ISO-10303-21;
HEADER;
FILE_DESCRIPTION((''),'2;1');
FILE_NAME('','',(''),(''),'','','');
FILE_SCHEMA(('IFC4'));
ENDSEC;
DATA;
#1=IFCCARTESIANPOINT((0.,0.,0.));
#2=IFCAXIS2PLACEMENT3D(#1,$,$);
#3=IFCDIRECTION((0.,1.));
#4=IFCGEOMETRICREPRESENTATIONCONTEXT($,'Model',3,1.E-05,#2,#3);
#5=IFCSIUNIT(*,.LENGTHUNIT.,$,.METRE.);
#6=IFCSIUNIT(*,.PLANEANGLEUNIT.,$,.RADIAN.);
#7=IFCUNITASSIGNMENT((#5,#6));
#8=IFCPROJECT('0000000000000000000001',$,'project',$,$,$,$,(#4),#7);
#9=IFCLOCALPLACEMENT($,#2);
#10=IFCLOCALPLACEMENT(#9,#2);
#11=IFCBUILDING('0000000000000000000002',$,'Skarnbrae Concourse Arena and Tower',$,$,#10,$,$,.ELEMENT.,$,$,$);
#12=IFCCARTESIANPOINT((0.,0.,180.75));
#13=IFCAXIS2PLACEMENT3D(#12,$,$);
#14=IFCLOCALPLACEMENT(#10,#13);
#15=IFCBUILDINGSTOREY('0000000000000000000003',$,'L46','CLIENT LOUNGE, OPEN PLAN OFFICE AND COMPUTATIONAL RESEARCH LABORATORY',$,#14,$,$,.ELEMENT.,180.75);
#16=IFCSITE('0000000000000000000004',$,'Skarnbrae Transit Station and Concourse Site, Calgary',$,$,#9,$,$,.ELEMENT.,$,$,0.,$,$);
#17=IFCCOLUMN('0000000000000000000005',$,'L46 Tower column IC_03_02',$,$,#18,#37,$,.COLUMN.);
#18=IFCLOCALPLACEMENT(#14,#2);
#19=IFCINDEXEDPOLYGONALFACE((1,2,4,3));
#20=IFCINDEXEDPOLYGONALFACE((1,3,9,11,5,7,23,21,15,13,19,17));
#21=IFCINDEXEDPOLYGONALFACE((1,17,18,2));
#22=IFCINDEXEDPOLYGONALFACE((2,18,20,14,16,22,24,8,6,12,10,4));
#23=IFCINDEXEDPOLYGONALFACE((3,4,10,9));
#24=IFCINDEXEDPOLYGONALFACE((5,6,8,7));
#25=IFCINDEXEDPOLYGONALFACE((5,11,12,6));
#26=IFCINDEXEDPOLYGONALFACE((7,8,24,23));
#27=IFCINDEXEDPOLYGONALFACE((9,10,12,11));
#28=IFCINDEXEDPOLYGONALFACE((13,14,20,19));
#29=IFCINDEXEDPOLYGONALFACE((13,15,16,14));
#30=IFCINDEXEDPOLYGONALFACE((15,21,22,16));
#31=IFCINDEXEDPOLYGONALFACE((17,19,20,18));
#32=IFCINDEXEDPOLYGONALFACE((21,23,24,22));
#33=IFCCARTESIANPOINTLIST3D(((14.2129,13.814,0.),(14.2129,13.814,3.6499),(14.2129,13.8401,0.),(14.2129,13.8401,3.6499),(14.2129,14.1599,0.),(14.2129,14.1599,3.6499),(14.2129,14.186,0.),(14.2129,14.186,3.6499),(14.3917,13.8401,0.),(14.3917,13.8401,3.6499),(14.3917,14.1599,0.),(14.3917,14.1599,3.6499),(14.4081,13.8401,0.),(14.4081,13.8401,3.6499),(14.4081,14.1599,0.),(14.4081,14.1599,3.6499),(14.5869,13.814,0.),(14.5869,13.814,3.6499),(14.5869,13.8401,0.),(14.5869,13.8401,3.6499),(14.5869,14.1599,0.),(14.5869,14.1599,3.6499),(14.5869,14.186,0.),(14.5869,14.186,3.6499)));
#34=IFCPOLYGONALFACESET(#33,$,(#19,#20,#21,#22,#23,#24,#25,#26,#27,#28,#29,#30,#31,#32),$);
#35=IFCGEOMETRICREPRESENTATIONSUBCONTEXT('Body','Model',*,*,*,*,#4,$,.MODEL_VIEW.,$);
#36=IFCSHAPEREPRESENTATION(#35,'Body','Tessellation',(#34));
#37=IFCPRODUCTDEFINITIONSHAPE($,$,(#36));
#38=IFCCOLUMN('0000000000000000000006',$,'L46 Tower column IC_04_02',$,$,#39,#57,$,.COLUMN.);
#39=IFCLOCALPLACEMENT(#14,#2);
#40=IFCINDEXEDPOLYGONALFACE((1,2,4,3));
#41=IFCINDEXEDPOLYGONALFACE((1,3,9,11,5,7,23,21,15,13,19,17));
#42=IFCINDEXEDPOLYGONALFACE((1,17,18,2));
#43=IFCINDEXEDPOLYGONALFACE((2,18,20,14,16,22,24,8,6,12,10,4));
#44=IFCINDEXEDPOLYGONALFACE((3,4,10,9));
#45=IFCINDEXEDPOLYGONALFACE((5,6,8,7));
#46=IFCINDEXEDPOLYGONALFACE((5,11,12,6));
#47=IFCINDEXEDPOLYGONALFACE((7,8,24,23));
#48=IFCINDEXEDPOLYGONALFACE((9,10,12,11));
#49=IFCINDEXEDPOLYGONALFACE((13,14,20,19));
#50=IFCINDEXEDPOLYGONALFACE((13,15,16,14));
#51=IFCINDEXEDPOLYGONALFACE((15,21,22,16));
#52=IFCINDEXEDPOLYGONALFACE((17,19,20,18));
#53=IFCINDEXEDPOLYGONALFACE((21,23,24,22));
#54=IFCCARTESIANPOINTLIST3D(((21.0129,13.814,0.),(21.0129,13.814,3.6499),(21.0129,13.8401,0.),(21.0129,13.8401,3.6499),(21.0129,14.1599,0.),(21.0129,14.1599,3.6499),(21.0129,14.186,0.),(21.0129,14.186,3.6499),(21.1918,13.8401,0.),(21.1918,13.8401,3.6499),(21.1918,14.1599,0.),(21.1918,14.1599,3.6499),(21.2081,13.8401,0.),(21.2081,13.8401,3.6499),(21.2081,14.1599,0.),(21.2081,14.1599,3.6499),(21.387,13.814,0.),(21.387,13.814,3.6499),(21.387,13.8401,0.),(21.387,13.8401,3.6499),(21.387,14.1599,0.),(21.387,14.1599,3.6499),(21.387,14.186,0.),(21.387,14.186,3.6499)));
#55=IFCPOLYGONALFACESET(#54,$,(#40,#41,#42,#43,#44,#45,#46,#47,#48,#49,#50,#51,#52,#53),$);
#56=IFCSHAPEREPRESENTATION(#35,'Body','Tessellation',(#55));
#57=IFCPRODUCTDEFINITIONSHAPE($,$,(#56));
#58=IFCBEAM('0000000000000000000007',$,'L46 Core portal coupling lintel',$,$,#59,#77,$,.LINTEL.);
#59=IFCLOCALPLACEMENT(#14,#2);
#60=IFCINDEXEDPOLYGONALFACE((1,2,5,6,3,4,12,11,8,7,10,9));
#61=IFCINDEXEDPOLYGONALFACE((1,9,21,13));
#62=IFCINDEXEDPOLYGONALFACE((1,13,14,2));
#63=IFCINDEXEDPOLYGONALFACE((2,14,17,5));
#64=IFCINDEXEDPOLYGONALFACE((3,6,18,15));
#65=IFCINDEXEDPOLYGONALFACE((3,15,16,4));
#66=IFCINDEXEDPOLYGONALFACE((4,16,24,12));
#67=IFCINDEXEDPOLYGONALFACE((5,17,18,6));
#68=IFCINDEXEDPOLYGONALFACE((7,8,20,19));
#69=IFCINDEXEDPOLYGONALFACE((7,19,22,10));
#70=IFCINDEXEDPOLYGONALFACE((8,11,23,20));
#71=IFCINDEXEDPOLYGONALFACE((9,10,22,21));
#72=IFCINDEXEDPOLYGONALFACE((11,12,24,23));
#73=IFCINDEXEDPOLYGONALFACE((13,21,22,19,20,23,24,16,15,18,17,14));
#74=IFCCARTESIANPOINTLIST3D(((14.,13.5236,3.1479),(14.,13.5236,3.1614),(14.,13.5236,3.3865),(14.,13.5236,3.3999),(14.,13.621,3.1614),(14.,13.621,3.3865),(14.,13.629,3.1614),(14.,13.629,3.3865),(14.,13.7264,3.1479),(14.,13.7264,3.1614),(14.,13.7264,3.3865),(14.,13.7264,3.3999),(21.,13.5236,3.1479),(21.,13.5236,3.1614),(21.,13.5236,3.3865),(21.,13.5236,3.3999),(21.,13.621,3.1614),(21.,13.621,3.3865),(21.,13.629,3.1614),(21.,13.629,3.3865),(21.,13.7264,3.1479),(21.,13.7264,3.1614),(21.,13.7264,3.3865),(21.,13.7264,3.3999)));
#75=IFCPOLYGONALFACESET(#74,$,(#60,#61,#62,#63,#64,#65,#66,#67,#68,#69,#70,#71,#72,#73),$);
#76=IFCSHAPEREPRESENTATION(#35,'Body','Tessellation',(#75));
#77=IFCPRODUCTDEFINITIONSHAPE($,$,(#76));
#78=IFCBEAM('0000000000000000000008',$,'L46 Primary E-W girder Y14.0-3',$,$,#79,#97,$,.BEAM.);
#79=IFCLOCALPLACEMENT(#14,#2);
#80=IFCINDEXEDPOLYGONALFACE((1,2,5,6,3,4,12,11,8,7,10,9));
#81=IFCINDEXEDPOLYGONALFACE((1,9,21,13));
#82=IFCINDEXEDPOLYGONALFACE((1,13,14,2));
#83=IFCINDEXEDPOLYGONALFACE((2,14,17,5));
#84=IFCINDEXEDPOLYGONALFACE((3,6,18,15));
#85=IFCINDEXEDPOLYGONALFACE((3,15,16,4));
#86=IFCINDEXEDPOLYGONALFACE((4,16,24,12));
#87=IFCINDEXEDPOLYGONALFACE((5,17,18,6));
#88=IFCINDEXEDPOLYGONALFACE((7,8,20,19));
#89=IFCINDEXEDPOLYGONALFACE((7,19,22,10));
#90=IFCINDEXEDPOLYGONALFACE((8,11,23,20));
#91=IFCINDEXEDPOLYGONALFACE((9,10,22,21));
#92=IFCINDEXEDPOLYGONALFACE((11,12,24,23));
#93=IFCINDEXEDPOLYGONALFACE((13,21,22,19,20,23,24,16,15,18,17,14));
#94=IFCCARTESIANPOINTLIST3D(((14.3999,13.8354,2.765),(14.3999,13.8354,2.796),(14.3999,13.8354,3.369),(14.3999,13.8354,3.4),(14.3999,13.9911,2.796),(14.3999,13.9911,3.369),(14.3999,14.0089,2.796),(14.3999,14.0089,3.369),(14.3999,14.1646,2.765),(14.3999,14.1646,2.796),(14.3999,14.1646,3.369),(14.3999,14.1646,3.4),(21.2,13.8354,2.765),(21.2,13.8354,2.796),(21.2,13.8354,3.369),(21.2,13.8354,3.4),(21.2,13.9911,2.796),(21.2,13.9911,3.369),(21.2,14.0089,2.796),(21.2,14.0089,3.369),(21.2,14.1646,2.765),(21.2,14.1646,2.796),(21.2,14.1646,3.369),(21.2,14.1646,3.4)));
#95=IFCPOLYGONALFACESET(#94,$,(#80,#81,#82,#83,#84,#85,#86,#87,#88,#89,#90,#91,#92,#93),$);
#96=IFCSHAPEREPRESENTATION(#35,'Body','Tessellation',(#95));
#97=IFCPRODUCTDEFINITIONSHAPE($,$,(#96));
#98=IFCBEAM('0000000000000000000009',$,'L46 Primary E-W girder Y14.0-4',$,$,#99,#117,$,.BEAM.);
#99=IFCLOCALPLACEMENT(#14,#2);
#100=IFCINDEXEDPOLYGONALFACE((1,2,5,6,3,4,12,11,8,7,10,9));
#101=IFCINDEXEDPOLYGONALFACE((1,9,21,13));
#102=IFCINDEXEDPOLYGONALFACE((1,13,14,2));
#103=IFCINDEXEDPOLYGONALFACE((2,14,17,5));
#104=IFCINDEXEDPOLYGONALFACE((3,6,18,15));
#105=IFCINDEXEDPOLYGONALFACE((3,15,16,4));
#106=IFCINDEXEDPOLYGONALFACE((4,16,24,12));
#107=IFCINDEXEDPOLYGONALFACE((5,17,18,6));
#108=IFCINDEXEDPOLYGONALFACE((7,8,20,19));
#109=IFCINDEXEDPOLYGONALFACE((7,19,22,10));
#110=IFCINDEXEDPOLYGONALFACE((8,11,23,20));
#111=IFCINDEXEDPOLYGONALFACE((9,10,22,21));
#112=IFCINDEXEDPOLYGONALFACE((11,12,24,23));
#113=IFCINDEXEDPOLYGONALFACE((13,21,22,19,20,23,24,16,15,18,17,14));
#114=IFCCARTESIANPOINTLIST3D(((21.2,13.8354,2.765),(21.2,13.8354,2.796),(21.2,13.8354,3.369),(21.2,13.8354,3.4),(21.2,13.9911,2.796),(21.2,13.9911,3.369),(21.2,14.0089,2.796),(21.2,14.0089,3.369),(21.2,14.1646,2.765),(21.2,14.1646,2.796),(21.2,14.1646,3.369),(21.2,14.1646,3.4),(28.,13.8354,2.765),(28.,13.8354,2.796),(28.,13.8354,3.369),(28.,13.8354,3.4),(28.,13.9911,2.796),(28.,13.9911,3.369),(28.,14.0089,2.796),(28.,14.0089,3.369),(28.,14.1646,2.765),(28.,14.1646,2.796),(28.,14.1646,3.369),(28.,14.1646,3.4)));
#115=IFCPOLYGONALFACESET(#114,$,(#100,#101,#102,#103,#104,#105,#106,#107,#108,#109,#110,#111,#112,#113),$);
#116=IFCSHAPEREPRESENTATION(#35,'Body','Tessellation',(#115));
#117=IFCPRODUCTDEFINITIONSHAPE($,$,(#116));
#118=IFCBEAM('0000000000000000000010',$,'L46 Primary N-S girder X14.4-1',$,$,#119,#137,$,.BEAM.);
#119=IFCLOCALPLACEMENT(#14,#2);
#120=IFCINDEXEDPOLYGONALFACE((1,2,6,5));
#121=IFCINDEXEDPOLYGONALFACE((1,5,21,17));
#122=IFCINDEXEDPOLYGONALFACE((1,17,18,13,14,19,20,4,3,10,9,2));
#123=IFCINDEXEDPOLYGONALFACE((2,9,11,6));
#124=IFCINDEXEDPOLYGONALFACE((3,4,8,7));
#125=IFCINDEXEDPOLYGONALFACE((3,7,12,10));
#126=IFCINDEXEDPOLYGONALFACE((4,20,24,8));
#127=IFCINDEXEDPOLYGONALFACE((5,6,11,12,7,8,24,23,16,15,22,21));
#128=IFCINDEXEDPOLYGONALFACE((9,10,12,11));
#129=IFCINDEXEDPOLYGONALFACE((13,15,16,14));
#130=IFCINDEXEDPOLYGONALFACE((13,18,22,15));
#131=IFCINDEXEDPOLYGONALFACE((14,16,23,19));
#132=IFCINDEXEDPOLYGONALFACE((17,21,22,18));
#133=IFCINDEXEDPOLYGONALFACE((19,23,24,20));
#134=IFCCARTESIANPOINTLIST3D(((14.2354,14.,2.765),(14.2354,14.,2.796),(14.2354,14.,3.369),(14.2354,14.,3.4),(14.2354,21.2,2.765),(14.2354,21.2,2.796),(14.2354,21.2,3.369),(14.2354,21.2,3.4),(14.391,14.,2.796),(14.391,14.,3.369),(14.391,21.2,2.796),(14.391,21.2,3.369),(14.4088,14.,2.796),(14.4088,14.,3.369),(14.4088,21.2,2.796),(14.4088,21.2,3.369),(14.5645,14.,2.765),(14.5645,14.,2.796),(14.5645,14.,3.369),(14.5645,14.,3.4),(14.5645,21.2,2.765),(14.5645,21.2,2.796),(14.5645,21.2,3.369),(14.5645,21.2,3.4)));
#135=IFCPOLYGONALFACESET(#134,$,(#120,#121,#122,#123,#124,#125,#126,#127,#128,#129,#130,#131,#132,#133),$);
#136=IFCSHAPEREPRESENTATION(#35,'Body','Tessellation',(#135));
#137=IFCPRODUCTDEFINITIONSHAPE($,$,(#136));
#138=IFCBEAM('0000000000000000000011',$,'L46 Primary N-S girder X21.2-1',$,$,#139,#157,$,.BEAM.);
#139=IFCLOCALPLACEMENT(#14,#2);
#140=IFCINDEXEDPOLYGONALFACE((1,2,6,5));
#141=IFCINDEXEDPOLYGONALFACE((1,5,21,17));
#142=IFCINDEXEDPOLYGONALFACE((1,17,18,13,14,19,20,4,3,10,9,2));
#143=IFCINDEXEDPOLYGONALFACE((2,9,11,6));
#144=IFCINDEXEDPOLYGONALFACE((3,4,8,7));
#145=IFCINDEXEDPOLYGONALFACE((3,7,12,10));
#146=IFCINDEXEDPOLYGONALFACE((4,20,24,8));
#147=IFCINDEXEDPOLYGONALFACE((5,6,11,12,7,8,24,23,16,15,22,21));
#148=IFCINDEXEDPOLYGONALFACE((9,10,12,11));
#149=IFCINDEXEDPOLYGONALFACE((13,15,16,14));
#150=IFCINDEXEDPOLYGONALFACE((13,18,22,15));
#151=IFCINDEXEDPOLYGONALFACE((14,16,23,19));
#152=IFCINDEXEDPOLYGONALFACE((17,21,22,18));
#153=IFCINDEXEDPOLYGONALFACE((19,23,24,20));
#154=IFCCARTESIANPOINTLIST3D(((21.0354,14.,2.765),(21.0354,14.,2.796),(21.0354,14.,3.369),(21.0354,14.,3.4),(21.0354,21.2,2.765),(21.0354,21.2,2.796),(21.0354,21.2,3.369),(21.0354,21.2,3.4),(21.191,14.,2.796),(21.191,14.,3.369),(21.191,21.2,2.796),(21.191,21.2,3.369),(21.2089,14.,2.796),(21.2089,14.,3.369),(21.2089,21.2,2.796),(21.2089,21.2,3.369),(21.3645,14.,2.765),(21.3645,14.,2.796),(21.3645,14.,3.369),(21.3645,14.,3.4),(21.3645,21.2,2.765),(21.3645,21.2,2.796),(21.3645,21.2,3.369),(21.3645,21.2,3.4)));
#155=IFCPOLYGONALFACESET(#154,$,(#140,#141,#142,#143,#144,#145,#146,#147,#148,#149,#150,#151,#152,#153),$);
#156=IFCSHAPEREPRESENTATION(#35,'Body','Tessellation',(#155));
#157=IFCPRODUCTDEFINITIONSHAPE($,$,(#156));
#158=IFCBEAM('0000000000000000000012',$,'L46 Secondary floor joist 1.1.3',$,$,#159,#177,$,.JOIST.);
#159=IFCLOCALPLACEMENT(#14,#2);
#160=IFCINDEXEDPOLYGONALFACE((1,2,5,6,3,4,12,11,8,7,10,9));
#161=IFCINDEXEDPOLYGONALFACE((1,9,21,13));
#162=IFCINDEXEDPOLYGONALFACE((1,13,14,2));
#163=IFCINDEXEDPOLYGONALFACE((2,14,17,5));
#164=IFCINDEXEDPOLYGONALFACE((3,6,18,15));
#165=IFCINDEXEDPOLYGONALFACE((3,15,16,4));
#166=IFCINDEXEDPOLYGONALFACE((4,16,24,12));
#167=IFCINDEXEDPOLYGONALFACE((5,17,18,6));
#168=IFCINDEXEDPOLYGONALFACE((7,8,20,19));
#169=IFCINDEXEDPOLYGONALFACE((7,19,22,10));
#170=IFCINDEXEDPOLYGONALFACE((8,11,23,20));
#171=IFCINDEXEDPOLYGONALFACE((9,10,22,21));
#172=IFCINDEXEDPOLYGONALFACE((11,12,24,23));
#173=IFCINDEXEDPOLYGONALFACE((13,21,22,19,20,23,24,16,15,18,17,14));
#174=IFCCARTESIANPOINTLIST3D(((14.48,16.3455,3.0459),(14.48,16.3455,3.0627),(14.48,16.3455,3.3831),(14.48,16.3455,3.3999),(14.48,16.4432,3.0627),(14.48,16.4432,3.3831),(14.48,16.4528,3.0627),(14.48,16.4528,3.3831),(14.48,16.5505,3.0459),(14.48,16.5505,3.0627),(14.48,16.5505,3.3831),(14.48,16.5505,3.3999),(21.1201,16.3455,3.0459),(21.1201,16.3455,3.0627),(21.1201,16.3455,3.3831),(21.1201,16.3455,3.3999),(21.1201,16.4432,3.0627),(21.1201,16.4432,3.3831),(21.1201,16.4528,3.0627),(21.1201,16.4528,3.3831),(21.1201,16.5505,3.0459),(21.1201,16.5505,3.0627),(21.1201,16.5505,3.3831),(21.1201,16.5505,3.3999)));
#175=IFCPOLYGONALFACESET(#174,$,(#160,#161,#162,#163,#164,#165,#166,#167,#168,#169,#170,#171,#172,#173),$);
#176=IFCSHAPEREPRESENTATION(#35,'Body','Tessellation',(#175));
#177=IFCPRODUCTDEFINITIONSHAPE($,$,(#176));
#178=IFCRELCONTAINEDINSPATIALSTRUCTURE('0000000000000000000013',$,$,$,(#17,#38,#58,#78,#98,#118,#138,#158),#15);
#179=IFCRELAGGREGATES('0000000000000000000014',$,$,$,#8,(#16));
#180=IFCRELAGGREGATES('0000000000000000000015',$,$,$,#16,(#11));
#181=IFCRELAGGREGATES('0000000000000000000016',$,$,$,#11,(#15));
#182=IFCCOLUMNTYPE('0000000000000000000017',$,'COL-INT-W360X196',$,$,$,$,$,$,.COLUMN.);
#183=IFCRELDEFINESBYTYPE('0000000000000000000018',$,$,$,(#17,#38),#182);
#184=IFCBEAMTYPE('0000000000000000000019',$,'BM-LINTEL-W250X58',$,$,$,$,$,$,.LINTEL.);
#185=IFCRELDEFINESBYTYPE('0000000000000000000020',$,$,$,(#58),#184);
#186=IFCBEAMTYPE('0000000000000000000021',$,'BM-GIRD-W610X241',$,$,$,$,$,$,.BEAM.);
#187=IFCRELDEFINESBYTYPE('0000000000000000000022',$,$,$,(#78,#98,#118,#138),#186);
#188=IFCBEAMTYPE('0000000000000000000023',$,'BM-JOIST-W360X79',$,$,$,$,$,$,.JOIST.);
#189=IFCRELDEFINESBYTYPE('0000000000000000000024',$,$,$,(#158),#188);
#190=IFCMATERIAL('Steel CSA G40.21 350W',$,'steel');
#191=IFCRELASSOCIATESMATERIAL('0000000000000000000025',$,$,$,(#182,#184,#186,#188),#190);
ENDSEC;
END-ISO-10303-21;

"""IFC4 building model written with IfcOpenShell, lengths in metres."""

from ifc_helpers import new_model, si_unit, direction, frame, origin, origin_2d, place, context, subcontext, project, spatial, i_section, extrude, source, transform, mapped, material, material_profile, profile_set, type_object, element, save


model = new_model("IFC4")

# Units and contexts
model_context = context("Model", 3, precision=1e-05, world=origin(), true_north=direction((0.0, 1.0)))
body_context = subcontext(model_context, "Body", "Model", "MODEL_VIEW")
ifc_project = project(units=[si_unit("LENGTHUNIT", "METRE"), si_unit("PLANEANGLEUNIT", "RADIAN")], contexts=[model_context])

# Site, building, storey
site_placement = place(None, origin())
site = spatial("IfcSite", under=ifc_project, at=site_placement, Name="Skarnbrae Transit Station and Concourse Site, Calgary", CompositionType="ELEMENT", RefElevation=0.0)
building_placement = place(site_placement, origin())
building = spatial("IfcBuilding", under=site, at=building_placement, Name="Skarnbrae Concourse Arena and Tower", CompositionType="ELEMENT")
storey_placement = place(building_placement, frame((0.0, 0.0, 180.75)))
storey = spatial("IfcBuildingStorey", under=building, at=storey_placement, Name="L46", Description="CLIENT LOUNGE, OPEN PLAN OFFICE AND COMPUTATIONAL RESEARCH LABORATORY", CompositionType="ELEMENT", Elevation=180.75)

# Columns
ifc_material_1 = material(Name="Steel CSA G40.21 350W", Category="steel")
ifc_material_profile_1 = material_profile(ifc_material_1, i_section(OverallWidth=0.374, OverallDepth=0.3721, WebThickness=0.0164, FlangeThickness=0.0261, at=origin_2d()), Name="W360X196")
ifc_profile_set_1 = profile_set([ifc_material_profile_1], Name="Steel CSA G40.21 350W")
column_type = type_object("IfcColumnType", Name="COL-INT-W360X196", PredefinedType="COLUMN", material=ifc_profile_set_1)
shared_shape_1 = source(origin(), body_context, "Body", "SweptSolid", [
    extrude(i_section(OverallWidth=0.374, OverallDepth=0.3721, WebThickness=0.0164, FlangeThickness=0.0261, at=origin_2d()), origin(), (0.0, 0.0, 1.0), 3.6499),
])
for number, where, z_axis, x_axis, name in (
    (1, (14.3999, 14.0, 0.0), (0.0, 0.0, 1.0), (1.0, 0.0, 0.0), "L46 Tower column IC_03_02"),
    (2, (21.2, 14.0, 0.0), (0.0, 0.0, 1.0), (1.0, 0.0, 0.0), "L46 Tower column IC_04_02"),
):
    element("IfcColumn", number, at=place(storey_placement, frame(where, z_axis=z_axis, x_axis=x_axis)), inside=storey, type_object=column_type, Name=name, PredefinedType="COLUMN", context=body_context, shape_type="MappedRepresentation", body=[
        mapped(shared_shape_1, transform((0.0, 0.0, 0.0))),
    ])

# Beams
ifc_material_profile_2 = material_profile(ifc_material_1, i_section(OverallWidth=0.2029, OverallDepth=0.252, WebThickness=0.0081, FlangeThickness=0.0134, at=origin_2d()), Name="W250X58")
ifc_profile_set_2 = profile_set([ifc_material_profile_2], Name="Steel CSA G40.21 350W")
beam_type_1 = type_object("IfcBeamType", Name="BM-LINTEL-W250X58", PredefinedType="LINTEL", material=ifc_profile_set_2)
shared_shape_2 = source(origin(), body_context, "Body", "SweptSolid", [
    extrude(i_section(OverallWidth=0.2029, OverallDepth=0.252, WebThickness=0.0081, FlangeThickness=0.0134, at=origin_2d()), origin(), (0.0, 0.0, 1.0), 7.0),
])
beam_1_placement = place(storey_placement, frame((14.0, 13.625, 3.2739), z_axis=(1.0, 0.0, 0.0), x_axis=(0.0, 1.0, 0.0)))
element("IfcBeam", 3, at=beam_1_placement, inside=storey, type_object=beam_type_1, Name="L46 Core portal coupling lintel", PredefinedType="LINTEL", context=body_context, shape_type="MappedRepresentation", body=[
    mapped(shared_shape_2, transform((0.0, 0.0, 0.0))),
])
ifc_material_profile_3 = material_profile(ifc_material_1, i_section(OverallWidth=0.3291, OverallDepth=0.635, WebThickness=0.0178, FlangeThickness=0.031, at=origin_2d()), Name="W610X241")
ifc_profile_set_3 = profile_set([ifc_material_profile_3], Name="Steel CSA G40.21 350W")
beam_type_2 = type_object("IfcBeamType", Name="BM-GIRD-W610X241", PredefinedType="BEAM", material=ifc_profile_set_3)
shared_shape_3 = source(origin(), body_context, "Body", "SweptSolid", [
    extrude(i_section(OverallWidth=0.3291, OverallDepth=0.635, WebThickness=0.0178, FlangeThickness=0.031, at=origin_2d()), origin(), (0.0, 0.0, 1.0), 6.8),
])
for number, where, z_axis, x_axis, name in (
    (4, (14.3999, 14.0, 3.0825), (1.0, 0.0, 0.0), (0.0, 1.0, 0.0), "L46 Primary E-W girder Y14.0-3"),
    (5, (21.2, 14.0, 3.0825), (1.0, 0.0, 0.0), (0.0, 1.0, 0.0), "L46 Primary E-W girder Y14.0-4"),
):
    element("IfcBeam", number, at=place(storey_placement, frame(where, z_axis=z_axis, x_axis=x_axis)), inside=storey, type_object=beam_type_2, Name=name, PredefinedType="BEAM", context=body_context, shape_type="MappedRepresentation", body=[
        mapped(shared_shape_3, transform((0.0, 0.0, 0.0))),
    ])
shared_shape_4 = source(origin(), body_context, "Body", "SweptSolid", [
    extrude(i_section(OverallWidth=0.3291, OverallDepth=0.635, WebThickness=0.0178, FlangeThickness=0.031, at=origin_2d()), origin(), (0.0, 0.0, 1.0), 7.2),
])
for number, where, z_axis, x_axis, name in (
    (6, (14.3999, 14.0, 3.0825), (0.0, 1.0, 0.0), (-1.0, 0.0, 0.0), "L46 Primary N-S girder X14.4-1"),
    (7, (21.2, 14.0, 3.0825), (0.0, 1.0, 0.0), (-1.0, 0.0, 0.0), "L46 Primary N-S girder X21.2-1"),
):
    element("IfcBeam", number, at=place(storey_placement, frame(where, z_axis=z_axis, x_axis=x_axis)), inside=storey, type_object=beam_type_2, Name=name, PredefinedType="BEAM", context=body_context, shape_type="MappedRepresentation", body=[
        mapped(shared_shape_4, transform((0.0, 0.0, 0.0))),
    ])
ifc_material_profile_4 = material_profile(ifc_material_1, i_section(OverallWidth=0.2051, OverallDepth=0.354, WebThickness=0.0095, FlangeThickness=0.0168, at=origin_2d()), Name="W360X79")
ifc_profile_set_4 = profile_set([ifc_material_profile_4], Name="Steel CSA G40.21 350W")
beam_type_3 = type_object("IfcBeamType", Name="BM-JOIST-W360X79", PredefinedType="JOIST", material=ifc_profile_set_4)
shared_shape_5 = source(origin(), body_context, "Body", "SweptSolid", [
    extrude(i_section(OverallWidth=0.2051, OverallDepth=0.354, WebThickness=0.0095, FlangeThickness=0.0168, at=origin_2d()), origin(), (0.0, 0.0, 1.0), 6.6401),
])
for number, where, z_axis, x_axis, name in (
    (8, (14.48, 16.448, 3.2229), (1.0, 0.0, 0.0), (0.0, 1.0, 0.0), "L46 Secondary floor joist 1.1.3"),
):
    element("IfcBeam", number, at=place(storey_placement, frame(where, z_axis=z_axis, x_axis=x_axis)), inside=storey, type_object=beam_type_3, Name=name, PredefinedType="JOIST", context=body_context, shape_type="MappedRepresentation", body=[
        mapped(shared_shape_5, transform((0.0, 0.0, 0.0))),
    ])

save(model, "model.ifc")
